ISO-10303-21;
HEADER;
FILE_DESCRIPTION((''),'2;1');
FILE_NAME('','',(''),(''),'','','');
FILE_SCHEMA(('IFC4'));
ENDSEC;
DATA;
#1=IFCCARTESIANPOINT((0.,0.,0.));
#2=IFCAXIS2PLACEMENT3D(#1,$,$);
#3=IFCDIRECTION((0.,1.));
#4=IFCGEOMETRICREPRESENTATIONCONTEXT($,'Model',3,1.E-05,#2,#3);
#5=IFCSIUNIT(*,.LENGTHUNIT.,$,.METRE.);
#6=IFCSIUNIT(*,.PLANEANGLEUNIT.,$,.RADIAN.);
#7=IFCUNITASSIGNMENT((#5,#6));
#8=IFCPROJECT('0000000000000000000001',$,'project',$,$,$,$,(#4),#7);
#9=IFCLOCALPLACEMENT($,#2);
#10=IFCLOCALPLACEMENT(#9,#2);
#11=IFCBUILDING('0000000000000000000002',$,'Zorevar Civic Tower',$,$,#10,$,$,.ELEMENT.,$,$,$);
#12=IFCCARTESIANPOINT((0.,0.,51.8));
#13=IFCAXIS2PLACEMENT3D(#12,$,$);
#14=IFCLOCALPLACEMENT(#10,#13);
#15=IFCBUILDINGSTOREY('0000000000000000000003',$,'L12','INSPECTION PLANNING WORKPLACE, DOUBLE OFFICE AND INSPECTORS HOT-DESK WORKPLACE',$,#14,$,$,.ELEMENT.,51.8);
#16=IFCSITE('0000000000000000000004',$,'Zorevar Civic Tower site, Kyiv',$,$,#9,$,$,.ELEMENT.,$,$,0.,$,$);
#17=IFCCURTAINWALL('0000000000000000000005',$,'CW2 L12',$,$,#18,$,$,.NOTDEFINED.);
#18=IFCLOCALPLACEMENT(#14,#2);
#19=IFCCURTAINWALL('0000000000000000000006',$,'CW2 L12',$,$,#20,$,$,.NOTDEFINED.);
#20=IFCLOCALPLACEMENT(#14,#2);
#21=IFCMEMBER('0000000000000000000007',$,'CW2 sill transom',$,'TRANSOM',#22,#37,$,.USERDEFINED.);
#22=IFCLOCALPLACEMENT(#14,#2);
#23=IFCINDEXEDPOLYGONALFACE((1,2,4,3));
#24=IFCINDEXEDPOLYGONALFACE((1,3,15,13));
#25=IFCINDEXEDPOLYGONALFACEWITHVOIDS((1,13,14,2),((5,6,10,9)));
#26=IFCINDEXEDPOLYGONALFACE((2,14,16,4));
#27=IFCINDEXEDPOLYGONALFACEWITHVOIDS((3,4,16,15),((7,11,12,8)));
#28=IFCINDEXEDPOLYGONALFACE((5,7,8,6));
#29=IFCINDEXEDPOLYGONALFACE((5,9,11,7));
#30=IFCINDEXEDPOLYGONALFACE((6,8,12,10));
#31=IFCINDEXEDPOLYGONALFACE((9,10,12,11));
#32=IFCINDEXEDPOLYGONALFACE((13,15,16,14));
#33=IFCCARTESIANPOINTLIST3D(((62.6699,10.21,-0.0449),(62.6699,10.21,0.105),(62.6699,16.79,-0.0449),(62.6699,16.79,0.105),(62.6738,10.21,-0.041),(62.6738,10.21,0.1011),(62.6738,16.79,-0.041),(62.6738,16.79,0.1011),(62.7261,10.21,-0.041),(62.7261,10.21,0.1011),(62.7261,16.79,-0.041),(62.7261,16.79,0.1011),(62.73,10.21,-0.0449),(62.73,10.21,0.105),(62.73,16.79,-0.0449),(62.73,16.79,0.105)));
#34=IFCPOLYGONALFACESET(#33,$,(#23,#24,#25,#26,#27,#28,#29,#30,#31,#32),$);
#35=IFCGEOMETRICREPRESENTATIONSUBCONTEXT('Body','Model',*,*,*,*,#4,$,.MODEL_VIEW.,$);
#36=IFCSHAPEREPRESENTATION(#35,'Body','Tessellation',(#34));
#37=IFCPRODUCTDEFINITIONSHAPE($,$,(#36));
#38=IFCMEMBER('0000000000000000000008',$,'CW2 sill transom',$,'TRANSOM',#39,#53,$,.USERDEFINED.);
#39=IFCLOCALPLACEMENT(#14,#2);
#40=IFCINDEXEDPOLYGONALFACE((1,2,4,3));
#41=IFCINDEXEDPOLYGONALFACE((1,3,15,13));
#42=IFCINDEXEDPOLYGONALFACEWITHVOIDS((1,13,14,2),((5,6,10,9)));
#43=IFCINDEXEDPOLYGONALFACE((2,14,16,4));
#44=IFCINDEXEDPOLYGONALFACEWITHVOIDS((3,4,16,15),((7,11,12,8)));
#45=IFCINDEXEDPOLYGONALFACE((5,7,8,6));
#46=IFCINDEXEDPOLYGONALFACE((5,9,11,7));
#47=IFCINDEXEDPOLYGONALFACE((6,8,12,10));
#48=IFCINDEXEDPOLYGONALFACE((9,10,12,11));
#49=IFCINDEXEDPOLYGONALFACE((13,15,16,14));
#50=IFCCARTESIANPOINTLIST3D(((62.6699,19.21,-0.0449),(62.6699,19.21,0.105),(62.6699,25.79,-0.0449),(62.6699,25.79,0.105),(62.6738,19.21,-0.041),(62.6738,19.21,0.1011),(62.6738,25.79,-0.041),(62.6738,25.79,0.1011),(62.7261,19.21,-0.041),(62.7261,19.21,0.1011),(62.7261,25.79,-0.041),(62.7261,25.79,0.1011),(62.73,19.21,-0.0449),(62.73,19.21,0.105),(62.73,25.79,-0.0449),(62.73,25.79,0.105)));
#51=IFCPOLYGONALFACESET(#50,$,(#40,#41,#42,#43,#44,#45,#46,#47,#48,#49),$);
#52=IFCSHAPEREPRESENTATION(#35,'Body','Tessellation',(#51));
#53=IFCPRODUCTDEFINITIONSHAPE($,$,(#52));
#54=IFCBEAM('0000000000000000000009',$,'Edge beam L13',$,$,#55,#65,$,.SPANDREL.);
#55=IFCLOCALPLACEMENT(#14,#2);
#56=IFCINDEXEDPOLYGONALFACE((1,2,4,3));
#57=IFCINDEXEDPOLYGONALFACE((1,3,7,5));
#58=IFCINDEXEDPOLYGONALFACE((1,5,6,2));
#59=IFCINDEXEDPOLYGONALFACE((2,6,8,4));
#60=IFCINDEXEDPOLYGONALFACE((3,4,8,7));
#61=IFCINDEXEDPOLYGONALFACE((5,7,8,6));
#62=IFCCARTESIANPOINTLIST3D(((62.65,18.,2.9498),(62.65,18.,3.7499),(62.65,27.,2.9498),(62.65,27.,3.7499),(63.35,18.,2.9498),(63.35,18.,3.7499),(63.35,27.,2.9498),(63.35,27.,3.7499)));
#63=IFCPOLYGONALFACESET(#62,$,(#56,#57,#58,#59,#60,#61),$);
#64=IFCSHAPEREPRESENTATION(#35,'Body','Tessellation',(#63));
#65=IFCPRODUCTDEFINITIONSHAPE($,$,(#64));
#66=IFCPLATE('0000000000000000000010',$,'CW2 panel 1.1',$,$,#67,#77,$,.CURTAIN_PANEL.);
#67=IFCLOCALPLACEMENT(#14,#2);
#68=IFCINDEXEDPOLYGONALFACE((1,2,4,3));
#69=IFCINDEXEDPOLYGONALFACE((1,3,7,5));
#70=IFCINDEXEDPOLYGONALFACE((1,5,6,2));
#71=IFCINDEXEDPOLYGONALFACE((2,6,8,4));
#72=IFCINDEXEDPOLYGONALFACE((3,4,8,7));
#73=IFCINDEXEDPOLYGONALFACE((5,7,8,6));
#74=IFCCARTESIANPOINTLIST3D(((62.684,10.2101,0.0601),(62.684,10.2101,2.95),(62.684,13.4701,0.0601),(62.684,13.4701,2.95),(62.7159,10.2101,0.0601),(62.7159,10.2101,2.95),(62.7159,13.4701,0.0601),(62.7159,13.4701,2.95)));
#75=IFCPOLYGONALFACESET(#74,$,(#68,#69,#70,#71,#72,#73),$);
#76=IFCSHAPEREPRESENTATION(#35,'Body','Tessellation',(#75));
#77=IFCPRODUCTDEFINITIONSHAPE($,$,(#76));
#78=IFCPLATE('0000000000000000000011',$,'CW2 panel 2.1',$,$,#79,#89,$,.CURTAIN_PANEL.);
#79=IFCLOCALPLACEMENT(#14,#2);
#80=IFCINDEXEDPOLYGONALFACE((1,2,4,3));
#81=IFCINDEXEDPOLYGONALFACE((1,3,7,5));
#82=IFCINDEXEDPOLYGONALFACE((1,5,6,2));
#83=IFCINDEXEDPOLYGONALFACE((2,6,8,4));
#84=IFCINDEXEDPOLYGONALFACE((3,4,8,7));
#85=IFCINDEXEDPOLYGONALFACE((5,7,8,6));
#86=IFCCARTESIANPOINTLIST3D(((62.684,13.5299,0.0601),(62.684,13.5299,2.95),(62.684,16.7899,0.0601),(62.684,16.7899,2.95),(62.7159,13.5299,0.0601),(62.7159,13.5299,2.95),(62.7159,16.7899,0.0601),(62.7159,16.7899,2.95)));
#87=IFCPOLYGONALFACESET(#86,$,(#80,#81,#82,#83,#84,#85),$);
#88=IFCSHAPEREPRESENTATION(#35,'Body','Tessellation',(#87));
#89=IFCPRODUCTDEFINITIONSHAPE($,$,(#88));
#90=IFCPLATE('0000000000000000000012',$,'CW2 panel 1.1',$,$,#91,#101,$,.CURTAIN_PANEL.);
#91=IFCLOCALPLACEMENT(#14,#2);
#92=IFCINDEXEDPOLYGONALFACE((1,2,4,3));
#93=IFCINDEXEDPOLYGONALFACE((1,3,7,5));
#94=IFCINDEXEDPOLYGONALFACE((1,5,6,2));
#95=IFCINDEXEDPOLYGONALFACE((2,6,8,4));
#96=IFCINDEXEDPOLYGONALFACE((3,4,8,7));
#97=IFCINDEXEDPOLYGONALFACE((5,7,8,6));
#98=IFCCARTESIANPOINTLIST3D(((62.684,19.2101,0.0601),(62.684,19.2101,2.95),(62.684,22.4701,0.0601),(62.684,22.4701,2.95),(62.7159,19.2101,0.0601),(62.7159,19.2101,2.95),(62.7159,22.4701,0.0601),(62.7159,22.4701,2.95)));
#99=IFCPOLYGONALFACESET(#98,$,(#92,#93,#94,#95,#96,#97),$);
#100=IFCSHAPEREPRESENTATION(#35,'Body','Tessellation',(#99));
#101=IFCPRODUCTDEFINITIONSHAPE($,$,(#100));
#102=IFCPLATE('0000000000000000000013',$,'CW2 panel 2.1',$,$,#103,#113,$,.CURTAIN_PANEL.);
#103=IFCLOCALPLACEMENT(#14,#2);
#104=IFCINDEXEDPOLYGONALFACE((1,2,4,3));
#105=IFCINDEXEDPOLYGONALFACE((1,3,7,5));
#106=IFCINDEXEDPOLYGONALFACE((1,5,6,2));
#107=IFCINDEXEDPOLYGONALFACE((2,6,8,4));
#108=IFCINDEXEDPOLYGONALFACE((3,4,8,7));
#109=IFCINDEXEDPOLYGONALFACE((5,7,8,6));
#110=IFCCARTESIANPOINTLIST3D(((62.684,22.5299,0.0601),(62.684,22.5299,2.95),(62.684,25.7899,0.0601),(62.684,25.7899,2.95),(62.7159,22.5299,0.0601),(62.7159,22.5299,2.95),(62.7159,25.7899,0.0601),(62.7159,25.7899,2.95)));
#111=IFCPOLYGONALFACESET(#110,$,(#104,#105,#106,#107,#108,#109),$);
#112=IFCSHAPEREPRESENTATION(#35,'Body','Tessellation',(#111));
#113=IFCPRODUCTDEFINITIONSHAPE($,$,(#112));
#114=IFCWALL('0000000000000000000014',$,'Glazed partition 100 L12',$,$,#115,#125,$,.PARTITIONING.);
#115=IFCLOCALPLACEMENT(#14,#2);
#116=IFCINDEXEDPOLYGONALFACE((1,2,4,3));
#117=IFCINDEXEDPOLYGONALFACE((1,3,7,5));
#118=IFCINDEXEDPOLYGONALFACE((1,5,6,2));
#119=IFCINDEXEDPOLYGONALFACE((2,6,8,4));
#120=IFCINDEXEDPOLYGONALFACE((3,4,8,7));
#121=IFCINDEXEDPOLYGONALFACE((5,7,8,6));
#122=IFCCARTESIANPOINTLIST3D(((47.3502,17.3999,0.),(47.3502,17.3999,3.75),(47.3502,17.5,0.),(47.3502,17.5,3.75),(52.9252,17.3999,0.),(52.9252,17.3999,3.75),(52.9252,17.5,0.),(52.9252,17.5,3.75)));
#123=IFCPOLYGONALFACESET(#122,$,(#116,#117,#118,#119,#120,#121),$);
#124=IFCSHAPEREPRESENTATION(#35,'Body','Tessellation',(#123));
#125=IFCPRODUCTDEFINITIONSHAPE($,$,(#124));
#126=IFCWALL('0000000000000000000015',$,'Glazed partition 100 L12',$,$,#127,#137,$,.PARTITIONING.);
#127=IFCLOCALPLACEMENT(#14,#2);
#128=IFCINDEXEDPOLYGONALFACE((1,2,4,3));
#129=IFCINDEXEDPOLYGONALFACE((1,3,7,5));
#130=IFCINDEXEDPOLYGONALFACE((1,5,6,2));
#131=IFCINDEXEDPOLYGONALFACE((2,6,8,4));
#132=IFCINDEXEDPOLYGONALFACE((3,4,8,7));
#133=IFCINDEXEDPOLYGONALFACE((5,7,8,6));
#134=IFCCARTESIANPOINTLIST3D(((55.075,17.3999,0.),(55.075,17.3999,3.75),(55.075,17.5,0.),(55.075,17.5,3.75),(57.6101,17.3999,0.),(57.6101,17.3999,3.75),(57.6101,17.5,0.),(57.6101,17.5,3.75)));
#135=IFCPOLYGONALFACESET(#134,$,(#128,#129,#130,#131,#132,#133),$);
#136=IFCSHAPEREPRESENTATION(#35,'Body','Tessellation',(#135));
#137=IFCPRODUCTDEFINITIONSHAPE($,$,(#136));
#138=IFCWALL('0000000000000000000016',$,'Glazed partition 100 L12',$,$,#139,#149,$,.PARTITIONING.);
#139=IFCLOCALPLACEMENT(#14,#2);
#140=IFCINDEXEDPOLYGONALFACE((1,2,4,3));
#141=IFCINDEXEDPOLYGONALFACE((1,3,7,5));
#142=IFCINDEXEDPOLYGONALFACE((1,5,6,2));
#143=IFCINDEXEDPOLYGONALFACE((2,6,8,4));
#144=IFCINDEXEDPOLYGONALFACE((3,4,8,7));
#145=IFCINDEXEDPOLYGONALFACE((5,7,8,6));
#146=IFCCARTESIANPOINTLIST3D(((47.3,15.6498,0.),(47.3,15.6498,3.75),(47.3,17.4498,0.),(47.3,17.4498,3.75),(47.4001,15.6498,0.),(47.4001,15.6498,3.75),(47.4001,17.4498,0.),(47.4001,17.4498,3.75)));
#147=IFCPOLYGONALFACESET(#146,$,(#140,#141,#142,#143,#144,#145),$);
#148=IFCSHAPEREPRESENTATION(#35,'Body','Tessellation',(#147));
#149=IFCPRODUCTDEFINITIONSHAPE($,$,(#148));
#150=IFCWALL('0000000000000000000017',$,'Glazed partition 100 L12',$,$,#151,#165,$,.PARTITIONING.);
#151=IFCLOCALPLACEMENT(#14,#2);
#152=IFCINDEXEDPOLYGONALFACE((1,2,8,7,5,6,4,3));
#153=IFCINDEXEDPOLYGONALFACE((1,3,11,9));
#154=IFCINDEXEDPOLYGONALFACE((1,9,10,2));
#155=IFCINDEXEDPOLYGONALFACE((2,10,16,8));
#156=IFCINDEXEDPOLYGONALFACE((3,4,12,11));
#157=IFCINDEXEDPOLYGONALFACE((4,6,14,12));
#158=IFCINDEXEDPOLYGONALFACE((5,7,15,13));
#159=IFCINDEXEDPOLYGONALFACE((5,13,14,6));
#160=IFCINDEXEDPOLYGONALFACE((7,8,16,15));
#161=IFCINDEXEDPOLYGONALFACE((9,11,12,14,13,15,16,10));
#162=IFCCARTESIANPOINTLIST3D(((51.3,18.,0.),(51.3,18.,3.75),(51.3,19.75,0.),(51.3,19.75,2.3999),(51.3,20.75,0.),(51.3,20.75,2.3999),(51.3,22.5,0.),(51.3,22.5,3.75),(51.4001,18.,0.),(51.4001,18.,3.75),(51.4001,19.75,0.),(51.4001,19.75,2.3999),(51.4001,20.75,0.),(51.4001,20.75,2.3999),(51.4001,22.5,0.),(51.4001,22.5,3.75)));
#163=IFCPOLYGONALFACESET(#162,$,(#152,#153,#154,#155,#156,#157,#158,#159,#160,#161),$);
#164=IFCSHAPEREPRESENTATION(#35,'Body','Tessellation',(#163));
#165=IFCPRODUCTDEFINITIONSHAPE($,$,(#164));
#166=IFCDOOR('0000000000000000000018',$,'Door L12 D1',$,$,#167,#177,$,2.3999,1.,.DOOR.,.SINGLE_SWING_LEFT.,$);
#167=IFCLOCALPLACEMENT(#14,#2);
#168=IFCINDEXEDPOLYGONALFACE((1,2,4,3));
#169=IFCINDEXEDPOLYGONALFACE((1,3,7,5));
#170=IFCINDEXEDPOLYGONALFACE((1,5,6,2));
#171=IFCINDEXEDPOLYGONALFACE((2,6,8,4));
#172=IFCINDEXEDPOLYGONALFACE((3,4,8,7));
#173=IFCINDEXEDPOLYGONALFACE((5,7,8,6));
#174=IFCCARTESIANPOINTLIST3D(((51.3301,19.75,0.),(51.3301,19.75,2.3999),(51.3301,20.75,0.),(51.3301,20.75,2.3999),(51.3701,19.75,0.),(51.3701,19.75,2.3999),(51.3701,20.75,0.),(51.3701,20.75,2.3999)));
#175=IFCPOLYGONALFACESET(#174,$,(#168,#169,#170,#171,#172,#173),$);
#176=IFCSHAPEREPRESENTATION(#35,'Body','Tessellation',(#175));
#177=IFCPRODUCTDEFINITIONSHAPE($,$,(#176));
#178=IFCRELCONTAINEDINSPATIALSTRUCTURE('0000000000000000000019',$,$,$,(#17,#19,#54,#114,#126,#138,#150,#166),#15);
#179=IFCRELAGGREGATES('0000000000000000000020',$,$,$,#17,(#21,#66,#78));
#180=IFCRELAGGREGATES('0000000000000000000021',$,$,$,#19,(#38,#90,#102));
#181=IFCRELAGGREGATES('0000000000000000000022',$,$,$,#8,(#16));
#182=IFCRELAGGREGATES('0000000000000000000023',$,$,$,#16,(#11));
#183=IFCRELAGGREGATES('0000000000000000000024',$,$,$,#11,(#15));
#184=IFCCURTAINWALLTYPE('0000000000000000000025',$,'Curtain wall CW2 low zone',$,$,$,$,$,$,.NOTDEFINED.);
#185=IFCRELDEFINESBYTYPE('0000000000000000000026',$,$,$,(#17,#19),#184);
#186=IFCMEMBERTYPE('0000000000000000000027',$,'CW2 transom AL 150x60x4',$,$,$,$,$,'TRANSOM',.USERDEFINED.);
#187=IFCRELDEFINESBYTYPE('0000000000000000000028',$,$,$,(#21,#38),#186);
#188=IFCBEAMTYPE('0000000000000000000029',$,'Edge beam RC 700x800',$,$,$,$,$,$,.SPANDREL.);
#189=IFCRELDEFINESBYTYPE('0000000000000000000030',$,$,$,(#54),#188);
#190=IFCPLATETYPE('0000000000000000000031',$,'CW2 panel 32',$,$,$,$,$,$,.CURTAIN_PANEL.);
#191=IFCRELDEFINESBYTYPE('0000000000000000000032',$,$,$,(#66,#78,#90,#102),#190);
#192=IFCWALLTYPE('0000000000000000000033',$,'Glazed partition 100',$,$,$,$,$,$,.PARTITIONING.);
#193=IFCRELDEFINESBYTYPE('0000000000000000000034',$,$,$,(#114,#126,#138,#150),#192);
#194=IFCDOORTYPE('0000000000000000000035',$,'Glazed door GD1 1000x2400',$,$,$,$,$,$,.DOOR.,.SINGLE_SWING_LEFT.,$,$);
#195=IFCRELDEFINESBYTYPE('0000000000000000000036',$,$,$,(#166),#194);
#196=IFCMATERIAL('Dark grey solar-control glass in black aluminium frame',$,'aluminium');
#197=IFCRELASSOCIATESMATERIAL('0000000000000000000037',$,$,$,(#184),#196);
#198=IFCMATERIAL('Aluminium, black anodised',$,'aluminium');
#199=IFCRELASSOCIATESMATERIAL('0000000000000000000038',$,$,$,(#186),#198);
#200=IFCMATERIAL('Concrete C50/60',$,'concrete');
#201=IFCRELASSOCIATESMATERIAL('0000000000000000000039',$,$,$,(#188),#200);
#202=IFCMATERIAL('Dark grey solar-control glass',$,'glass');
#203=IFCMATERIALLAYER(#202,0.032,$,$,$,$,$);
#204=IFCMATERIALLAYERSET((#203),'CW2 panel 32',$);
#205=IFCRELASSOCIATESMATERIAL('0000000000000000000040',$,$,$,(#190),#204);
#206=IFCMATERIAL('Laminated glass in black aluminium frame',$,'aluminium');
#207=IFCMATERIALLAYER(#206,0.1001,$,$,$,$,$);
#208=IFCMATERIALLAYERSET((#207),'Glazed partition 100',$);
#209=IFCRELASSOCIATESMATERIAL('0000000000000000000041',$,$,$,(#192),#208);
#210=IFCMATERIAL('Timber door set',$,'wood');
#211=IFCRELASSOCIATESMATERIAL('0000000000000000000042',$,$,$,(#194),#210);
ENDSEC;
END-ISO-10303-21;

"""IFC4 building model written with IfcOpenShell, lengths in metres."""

from ifc_helpers import new_model, si_unit, direction, frame, frame_2d, origin, origin_2d, place, context, subcontext, project, spatial, rectangle, hollow_rectangle, extrude, material, layer, layer_set, material_profile, profile_set, type_object, element, fill, aggregate, save


model = new_model("IFC4")

# Units and contexts
model_context = context("Model", 3, precision=1e-05, world=origin(), true_north=direction((0.0, 1.0)))
body_context = subcontext(model_context, "Body", "Model", "MODEL_VIEW")
ifc_project = project(units=[si_unit("LENGTHUNIT", "METRE"), si_unit("PLANEANGLEUNIT", "RADIAN")], contexts=[model_context])

# Site, building, storey
site_placement = place(None, origin())
site = spatial("IfcSite", under=ifc_project, at=site_placement, Name="Zorevar Civic Tower site, Kyiv", CompositionType="ELEMENT", RefElevation=0.0)
building_placement = place(site_placement, origin())
building = spatial("IfcBuilding", under=site, at=building_placement, Name="Zorevar Civic Tower", CompositionType="ELEMENT")
storey_placement = place(building_placement, frame((0.0, 0.0, 51.8)))
storey = spatial("IfcBuildingStorey", under=building, at=storey_placement, Name="L12", Description="INSPECTION PLANNING WORKPLACE, DOUBLE OFFICE AND INSPECTORS HOT-DESK WORKPLACE", CompositionType="ELEMENT", Elevation=51.8)

# Curtain walls
ifc_material_1 = material(Name="Dark grey solar-control glass in black aluminium frame", Category="aluminium")
curtain_wall_type = type_object("IfcCurtainWallType", Name="Curtain wall CW2 low zone", PredefinedType="NOTDEFINED", material=ifc_material_1)
curtain_wall_1_placement = place(storey_placement, origin())
curtain_wall_1 = element("IfcCurtainWall", 1, at=curtain_wall_1_placement, inside=storey, type_object=curtain_wall_type, Name="CW2 L12", PredefinedType="NOTDEFINED")
curtain_wall_2_placement = place(storey_placement, origin())
curtain_wall_2 = element("IfcCurtainWall", 2, at=curtain_wall_2_placement, inside=storey, type_object=curtain_wall_type, Name="CW2 L12", PredefinedType="NOTDEFINED")

# Members
ifc_material_2 = material(Name="Aluminium, black anodised", Category="aluminium")
ifc_material_profile_1 = material_profile(ifc_material_2, hollow_rectangle(XDim=0.0601, YDim=0.1499, WallThickness=0.0039, at=origin_2d()), Name="AL 150x60x4")
ifc_profile_set_1 = profile_set([ifc_material_profile_1], Name="Aluminium, black anodised")
member_type_1 = type_object("IfcMemberType", Name="CW2 transom AL 150x60x4", ElementType="TRANSOM", PredefinedType="USERDEFINED", material=ifc_profile_set_1)
member_1_placement = place(storey_placement, frame((62.7, 10.21, 0.03), z_axis=(0.0, 1.0, 0.0), x_axis=(-1.0, 0.0, 0.0)))
member_1 = element("IfcMember", 3, at=member_1_placement, type_object=member_type_1, Name="CW2 sill transom", ObjectType="TRANSOM", PredefinedType="USERDEFINED", context=body_context, shape_type="SweptSolid", body=[
    extrude(hollow_rectangle(XDim=0.0601, YDim=0.1499, WallThickness=0.0039, at=origin_2d()), origin(), (0.0, 0.0, 1.0), 6.5801),
])
member_2_placement = place(storey_placement, frame((62.7, 19.21, 0.03), z_axis=(0.0, 1.0, 0.0), x_axis=(-1.0, 0.0, 0.0)))
member_2 = element("IfcMember", 4, at=member_2_placement, type_object=member_type_1, Name="CW2 sill transom", ObjectType="TRANSOM", PredefinedType="USERDEFINED", context=body_context, shape_type="SweptSolid", body=[
    extrude(hollow_rectangle(XDim=0.0601, YDim=0.1499, WallThickness=0.0039, at=origin_2d()), origin(), (0.0, 0.0, 1.0), 6.5801),
])

# Beam
ifc_material_3 = material(Name="Concrete C50/60", Category="concrete")
ifc_material_profile_2 = material_profile(ifc_material_3, rectangle(XDim=0.7, YDim=0.8, at=origin_2d()), Name="RC 700x800")
ifc_profile_set_2 = profile_set([ifc_material_profile_2], Name="Concrete C50/60")
beam_type_1 = type_object("IfcBeamType", Name="Edge beam RC 700x800", PredefinedType="SPANDREL", material=ifc_profile_set_2)
beam_1_placement = place(storey_placement, frame((63.0, 18.0, 3.3499), z_axis=(0.0, 1.0, 0.0), x_axis=(-1.0, 0.0, 0.0)))
element("IfcBeam", 5, at=beam_1_placement, inside=storey, type_object=beam_type_1, Name="Edge beam L13", PredefinedType="SPANDREL", context=body_context, shape_type="SweptSolid", body=[
    extrude(rectangle(XDim=0.7, YDim=0.8, at=origin_2d()), origin(), (0.0, 0.0, 1.0), 9.0),
])

# Plates
ifc_material_4 = material(Name="Dark grey solar-control glass", Category="glass")
ifc_layer_1 = layer(ifc_material_4, 0.032)
ifc_layer_set_1 = layer_set([ifc_layer_1], Name="CW2 panel 32")
plate_type = type_object("IfcPlateType", Name="CW2 panel 32", PredefinedType="CURTAIN_PANEL", material=ifc_layer_set_1)
plate_1_placement = place(storey_placement, frame((62.7, 11.8401, 0.0601), z_axis=(0.0, 0.0, 1.0), x_axis=(0.0, 1.0, 0.0)))
plate_1 = element("IfcPlate", 6, at=plate_1_placement, type_object=plate_type, Name="CW2 panel 1.1", PredefinedType="CURTAIN_PANEL", context=body_context, shape_type="SweptSolid", body=[
    extrude(rectangle(XDim=3.26, YDim=0.032, at=origin_2d()), origin(), (0.0, 0.0, 1.0), 2.8899),
])
plate_2_placement = place(storey_placement, frame((62.7, 15.1599, 0.0601), z_axis=(0.0, 0.0, 1.0), x_axis=(0.0, 1.0, 0.0)))
plate_2 = element("IfcPlate", 7, at=plate_2_placement, type_object=plate_type, Name="CW2 panel 2.1", PredefinedType="CURTAIN_PANEL", context=body_context, shape_type="SweptSolid", body=[
    extrude(rectangle(XDim=3.26, YDim=0.032, at=origin_2d()), origin(), (0.0, 0.0, 1.0), 2.8899),
])
aggregate(curtain_wall_1, [member_1, plate_1, plate_2])
plate_3_placement = place(storey_placement, frame((62.7, 20.8401, 0.0601), z_axis=(0.0, 0.0, 1.0), x_axis=(0.0, 1.0, 0.0)))
plate_3 = element("IfcPlate", 8, at=plate_3_placement, type_object=plate_type, Name="CW2 panel 1.1", PredefinedType="CURTAIN_PANEL", context=body_context, shape_type="SweptSolid", body=[
    extrude(rectangle(XDim=3.26, YDim=0.032, at=origin_2d()), origin(), (0.0, 0.0, 1.0), 2.8899),
])
plate_4_placement = place(storey_placement, frame((62.7, 24.1599, 0.0601), z_axis=(0.0, 0.0, 1.0), x_axis=(0.0, 1.0, 0.0)))
plate_4 = element("IfcPlate", 9, at=plate_4_placement, type_object=plate_type, Name="CW2 panel 2.1", PredefinedType="CURTAIN_PANEL", context=body_context, shape_type="SweptSolid", body=[
    extrude(rectangle(XDim=3.26, YDim=0.032, at=origin_2d()), origin(), (0.0, 0.0, 1.0), 2.8899),
])
aggregate(curtain_wall_2, [member_2, plate_3, plate_4])

# Walls
ifc_material_5 = material(Name="Laminated glass in black aluminium frame", Category="aluminium")
ifc_layer_2 = layer(ifc_material_5, 0.1001)
ifc_layer_set_2 = layer_set([ifc_layer_2], Name="Glazed partition 100")
wall_type_1 = type_object("IfcWallType", Name="Glazed partition 100", PredefinedType="PARTITIONING", material=ifc_layer_set_2)
wall_1_placement = place(storey_placement, frame((47.3501, 17.45, 0.0), z_axis=(0.0, 0.0, 1.0), x_axis=(1.0, 0.0, 0.0)))
element("IfcWall", 10, at=wall_1_placement, inside=storey, type_object=wall_type_1, Name="Glazed partition 100 L12", PredefinedType="PARTITIONING", context=body_context, shape_type="SweptSolid", body=[
    extrude(rectangle(XDim=5.575, YDim=0.1001, at=frame_2d((2.7876, 0.0))), origin(), (0.0, 0.0, 1.0), 3.75),
])
wall_2_placement = place(storey_placement, frame((55.075, 17.45, 0.0), z_axis=(0.0, 0.0, 1.0), x_axis=(1.0, 0.0, 0.0)))
element("IfcWall", 11, at=wall_2_placement, inside=storey, type_object=wall_type_1, Name="Glazed partition 100 L12", PredefinedType="PARTITIONING", context=body_context, shape_type="SweptSolid", body=[
    extrude(rectangle(XDim=2.5352, YDim=0.1001, at=frame_2d((1.2676, 0.0))), origin(), (0.0, 0.0, 1.0), 3.75),
])
wall_3_placement = place(storey_placement, frame((47.3501, 15.6499, 0.0), z_axis=(0.0, 0.0, 1.0), x_axis=(0.0, 1.0, 0.0)))
element("IfcWall", 12, at=wall_3_placement, inside=storey, type_object=wall_type_1, Name="Glazed partition 100 L12", PredefinedType="PARTITIONING", context=body_context, shape_type="SweptSolid", body=[
    extrude(rectangle(XDim=1.8, YDim=0.1001, at=frame_2d((0.8999, 0.0))), origin(), (0.0, 0.0, 1.0), 3.75),
])

# Wall, opening, door
wall_4_placement = place(storey_placement, frame((51.3501, 18.0, 0.0), z_axis=(0.0, 0.0, 1.0), x_axis=(0.0, 1.0, 0.0)))
wall_4 = element("IfcWall", 13, at=wall_4_placement, inside=storey, type_object=wall_type_1, Name="Glazed partition 100 L12", PredefinedType="PARTITIONING", context=body_context, shape_type="SweptSolid", body=[
    extrude(rectangle(XDim=4.5, YDim=0.1001, at=frame_2d((2.25, 0.0))), origin(), (0.0, 0.0, 1.0), 3.75),
])
opening_1_placement = place(wall_4_placement, frame((1.75, 0.0, 0.0)))
opening_1 = element("IfcOpeningElement", 14, at=opening_1_placement, cuts=wall_4, PredefinedType="OPENING", context=body_context, shape_type="SweptSolid", body=[
    extrude(rectangle(XDim=1.0, YDim=2.3999, at=frame_2d((0.5, 1.2))), frame((0.0, 0.0601, 0.0), z_axis=(0.0, -1.0, 0.0), x_axis=(1.0, 0.0, 0.0)), (0.0, 0.0, 1.0), 0.1201),
])
ifc_material_6 = material(Name="Timber door set", Category="wood")
door_type_1 = type_object("IfcDoorType", Name="Glazed door GD1 1000x2400", OperationType="SINGLE_SWING_LEFT", PredefinedType="DOOR", material=ifc_material_6)
door_1_placement = place(opening_1_placement, origin())
door_1 = element("IfcDoor", 15, at=door_1_placement, inside=storey, type_object=door_type_1, Name="Door L12 D1", OperationType="SINGLE_SWING_LEFT", OverallHeight=2.3999, OverallWidth=1.0, PredefinedType="DOOR", context=body_context, shape_type="SweptSolid", body=[
    extrude(rectangle(XDim=1.0, YDim=2.3999, at=frame_2d((0.5, 1.2))), frame((0.0, 0.02, 0.0), z_axis=(0.0, -1.0, 0.0), x_axis=(1.0, 0.0, 0.0)), (0.0, 0.0, 1.0), 0.04),
])
fill(opening_1, door_1)

save(model, "model.ifc")
